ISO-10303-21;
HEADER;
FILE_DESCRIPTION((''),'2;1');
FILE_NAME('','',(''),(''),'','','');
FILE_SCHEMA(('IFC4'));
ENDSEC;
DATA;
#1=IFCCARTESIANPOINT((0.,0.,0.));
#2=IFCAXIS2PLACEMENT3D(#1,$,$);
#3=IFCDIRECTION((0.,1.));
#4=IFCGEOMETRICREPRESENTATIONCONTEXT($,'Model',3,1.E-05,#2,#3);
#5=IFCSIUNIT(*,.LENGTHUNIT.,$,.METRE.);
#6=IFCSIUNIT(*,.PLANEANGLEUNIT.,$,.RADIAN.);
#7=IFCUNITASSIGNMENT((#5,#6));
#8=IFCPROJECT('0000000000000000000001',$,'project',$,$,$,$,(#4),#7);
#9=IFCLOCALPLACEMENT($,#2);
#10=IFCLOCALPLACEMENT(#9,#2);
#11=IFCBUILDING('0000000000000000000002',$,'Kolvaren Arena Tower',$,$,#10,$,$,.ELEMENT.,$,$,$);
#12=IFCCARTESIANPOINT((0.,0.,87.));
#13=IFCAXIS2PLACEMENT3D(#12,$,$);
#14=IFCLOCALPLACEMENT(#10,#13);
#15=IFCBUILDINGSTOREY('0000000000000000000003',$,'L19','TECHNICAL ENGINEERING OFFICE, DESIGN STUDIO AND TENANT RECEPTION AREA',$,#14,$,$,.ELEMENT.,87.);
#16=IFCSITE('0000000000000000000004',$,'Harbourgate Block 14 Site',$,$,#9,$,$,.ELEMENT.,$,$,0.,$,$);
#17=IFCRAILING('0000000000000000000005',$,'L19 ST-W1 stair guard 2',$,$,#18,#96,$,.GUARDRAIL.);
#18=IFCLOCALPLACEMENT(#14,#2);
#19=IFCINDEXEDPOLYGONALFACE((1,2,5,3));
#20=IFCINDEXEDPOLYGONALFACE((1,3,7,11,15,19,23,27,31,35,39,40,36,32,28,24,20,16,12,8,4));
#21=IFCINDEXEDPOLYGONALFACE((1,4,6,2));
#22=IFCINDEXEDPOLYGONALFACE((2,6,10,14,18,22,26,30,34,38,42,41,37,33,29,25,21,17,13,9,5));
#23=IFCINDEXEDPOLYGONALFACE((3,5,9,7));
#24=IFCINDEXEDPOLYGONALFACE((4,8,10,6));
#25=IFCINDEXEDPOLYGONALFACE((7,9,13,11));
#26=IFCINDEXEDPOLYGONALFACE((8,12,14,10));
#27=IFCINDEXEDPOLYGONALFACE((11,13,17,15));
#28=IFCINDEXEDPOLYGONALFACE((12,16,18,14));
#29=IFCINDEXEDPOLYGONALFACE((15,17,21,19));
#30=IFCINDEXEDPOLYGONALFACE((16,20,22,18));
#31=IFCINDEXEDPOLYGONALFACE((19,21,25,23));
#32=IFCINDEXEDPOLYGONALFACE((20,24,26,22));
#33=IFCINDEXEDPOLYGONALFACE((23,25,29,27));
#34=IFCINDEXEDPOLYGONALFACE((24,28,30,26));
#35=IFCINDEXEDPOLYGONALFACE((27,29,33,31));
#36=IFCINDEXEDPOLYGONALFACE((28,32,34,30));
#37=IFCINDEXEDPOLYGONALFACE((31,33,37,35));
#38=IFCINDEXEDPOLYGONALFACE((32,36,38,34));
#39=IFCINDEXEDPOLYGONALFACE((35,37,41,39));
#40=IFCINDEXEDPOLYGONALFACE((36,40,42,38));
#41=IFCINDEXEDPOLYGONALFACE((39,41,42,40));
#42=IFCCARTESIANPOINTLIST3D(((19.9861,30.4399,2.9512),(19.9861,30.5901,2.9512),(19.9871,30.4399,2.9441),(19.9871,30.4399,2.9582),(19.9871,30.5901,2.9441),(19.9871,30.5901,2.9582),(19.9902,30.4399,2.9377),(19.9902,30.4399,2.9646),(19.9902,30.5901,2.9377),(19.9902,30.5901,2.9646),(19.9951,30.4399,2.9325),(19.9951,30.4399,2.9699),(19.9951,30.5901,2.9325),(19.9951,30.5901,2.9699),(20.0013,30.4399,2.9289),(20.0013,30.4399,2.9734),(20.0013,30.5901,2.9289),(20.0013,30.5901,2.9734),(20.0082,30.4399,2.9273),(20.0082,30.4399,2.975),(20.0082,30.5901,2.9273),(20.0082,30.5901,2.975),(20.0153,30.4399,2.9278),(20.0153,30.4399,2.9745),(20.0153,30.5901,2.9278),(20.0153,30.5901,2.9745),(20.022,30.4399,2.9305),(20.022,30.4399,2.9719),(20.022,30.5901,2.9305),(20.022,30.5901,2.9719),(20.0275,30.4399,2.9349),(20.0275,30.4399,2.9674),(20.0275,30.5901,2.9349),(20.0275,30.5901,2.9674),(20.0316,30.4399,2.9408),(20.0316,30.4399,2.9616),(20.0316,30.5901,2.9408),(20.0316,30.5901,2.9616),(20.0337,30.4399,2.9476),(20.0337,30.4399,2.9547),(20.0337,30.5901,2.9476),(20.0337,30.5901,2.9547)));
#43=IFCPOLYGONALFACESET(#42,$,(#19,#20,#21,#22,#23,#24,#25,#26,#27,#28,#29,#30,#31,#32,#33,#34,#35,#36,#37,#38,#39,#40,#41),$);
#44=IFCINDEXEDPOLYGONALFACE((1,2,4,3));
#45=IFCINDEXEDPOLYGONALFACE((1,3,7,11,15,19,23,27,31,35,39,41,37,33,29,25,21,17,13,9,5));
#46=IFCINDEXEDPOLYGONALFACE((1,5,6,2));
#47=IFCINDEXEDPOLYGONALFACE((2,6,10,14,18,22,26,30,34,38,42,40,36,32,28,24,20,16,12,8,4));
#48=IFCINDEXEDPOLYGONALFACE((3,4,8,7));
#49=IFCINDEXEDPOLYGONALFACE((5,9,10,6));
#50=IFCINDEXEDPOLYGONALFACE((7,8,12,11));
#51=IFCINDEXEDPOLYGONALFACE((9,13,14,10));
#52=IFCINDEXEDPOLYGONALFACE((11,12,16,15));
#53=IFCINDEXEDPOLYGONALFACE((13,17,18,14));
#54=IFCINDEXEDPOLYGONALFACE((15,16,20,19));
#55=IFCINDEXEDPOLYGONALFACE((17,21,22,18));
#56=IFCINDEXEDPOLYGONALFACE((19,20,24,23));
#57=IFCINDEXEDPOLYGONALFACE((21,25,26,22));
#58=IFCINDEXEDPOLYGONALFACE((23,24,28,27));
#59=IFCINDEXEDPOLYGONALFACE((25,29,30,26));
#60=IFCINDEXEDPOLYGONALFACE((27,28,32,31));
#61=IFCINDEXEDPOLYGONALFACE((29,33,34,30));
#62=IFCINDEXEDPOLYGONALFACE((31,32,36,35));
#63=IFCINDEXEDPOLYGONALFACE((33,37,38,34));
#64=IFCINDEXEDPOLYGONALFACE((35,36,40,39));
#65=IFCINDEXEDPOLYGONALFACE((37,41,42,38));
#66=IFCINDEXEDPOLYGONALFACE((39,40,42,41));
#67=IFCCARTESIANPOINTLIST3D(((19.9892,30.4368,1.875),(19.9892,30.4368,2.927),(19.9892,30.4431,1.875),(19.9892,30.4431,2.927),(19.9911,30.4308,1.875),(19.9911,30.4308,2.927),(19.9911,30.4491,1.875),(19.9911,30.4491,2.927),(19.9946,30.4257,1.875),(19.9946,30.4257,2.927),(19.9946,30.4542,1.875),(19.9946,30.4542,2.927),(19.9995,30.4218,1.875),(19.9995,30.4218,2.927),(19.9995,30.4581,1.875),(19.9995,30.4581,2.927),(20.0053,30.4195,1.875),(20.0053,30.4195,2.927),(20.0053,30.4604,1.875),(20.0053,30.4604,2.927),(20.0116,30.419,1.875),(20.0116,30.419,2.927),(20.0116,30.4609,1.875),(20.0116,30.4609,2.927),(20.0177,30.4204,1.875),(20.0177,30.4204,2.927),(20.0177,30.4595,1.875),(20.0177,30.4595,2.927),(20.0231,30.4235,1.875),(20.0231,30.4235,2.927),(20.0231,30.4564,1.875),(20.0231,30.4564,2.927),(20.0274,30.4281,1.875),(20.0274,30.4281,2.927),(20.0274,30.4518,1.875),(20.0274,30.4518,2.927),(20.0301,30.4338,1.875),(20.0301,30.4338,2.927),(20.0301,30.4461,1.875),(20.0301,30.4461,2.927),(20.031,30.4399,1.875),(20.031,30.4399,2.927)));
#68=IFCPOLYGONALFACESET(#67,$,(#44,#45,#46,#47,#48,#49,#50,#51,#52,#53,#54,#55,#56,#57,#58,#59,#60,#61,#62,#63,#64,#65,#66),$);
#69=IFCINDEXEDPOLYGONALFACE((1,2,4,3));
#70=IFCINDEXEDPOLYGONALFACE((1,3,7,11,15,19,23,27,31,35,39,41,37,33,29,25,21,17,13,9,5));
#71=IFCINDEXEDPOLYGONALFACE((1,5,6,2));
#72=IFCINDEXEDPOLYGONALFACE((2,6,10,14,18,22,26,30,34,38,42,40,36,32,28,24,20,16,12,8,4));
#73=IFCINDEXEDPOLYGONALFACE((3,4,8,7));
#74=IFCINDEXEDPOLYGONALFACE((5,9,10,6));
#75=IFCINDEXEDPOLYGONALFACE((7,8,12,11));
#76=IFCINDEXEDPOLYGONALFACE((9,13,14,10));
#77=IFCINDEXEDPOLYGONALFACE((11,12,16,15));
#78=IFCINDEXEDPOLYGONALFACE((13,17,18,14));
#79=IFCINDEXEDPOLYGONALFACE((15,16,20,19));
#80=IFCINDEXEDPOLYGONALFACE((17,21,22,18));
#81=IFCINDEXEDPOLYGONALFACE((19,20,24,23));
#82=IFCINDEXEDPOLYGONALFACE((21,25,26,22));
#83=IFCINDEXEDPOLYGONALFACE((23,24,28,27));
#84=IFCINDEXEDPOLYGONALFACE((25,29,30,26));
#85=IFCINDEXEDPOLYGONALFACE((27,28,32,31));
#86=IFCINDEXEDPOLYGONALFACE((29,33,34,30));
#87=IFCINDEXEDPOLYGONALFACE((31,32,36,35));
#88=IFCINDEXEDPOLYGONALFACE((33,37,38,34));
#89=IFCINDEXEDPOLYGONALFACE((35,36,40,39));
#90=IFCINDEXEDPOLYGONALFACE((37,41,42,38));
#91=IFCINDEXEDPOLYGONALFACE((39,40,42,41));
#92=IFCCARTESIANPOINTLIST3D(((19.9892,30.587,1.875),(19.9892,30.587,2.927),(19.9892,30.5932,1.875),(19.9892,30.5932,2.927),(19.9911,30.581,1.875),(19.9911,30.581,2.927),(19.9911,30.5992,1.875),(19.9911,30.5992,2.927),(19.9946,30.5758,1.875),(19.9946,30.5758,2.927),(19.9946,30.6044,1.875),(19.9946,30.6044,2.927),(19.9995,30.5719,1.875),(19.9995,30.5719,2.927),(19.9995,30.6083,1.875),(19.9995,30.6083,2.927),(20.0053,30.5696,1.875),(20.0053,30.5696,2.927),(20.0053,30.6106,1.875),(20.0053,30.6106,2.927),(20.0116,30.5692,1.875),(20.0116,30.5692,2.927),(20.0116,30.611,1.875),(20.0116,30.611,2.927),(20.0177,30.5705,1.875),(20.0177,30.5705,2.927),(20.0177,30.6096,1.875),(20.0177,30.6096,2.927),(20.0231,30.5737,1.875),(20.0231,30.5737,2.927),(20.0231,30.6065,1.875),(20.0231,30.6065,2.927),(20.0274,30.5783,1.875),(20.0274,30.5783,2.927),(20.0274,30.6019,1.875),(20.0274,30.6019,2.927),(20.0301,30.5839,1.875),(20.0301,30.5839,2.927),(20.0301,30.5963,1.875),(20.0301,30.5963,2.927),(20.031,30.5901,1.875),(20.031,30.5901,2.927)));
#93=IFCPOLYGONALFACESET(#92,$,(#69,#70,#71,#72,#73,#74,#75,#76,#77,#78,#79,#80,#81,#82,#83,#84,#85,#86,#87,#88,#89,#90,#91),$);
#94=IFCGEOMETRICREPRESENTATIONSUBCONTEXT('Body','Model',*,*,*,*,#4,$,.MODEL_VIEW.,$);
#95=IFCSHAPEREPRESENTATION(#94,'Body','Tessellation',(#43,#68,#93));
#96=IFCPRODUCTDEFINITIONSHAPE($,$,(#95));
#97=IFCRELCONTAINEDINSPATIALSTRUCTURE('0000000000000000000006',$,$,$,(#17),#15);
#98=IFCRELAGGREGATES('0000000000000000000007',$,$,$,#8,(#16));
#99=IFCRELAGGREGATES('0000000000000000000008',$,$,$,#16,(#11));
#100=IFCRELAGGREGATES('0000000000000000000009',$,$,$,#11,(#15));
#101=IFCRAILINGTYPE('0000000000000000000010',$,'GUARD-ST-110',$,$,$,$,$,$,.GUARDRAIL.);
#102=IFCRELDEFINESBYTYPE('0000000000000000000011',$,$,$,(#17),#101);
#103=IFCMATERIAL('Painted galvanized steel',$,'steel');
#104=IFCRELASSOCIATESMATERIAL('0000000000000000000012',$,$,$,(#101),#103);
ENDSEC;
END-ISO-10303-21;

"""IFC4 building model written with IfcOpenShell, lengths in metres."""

from ifc_helpers import new_model, si_unit, direction, frame, origin, origin_2d, place, context, subcontext, project, spatial, circle, extrude, material, type_object, element, save


model = new_model("IFC4")

# Units and contexts
model_context = context("Model", 3, precision=1e-05, world=origin(), true_north=direction((0.0, 1.0)))
body_context = subcontext(model_context, "Body", "Model", "MODEL_VIEW")
ifc_project = project(units=[si_unit("LENGTHUNIT", "METRE"), si_unit("PLANEANGLEUNIT", "RADIAN")], contexts=[model_context])

# Site, building, storey
site_placement = place(None, origin())
site = spatial("IfcSite", under=ifc_project, at=site_placement, Name="Harbourgate Block 14 Site", CompositionType="ELEMENT", RefElevation=0.0)
building_placement = place(site_placement, origin())
building = spatial("IfcBuilding", under=site, at=building_placement, Name="Kolvaren Arena Tower", CompositionType="ELEMENT")
storey_placement = place(building_placement, frame((0.0, 0.0, 87.0)))
storey = spatial("IfcBuildingStorey", under=building, at=storey_placement, Name="L19", Description="TECHNICAL ENGINEERING OFFICE, DESIGN STUDIO AND TENANT RECEPTION AREA", CompositionType="ELEMENT", Elevation=87.0)

# Railing
ifc_material_1 = material(Name="Painted galvanized steel", Category="steel")
railing_type = type_object("IfcRailingType", Name="GUARD-ST-110", PredefinedType="GUARDRAIL", material=ifc_material_1)
railing_1_placement = place(storey_placement, frame((20.01, 30.4399, 1.875)))
element("IfcRailing", 1, at=railing_1_placement, inside=storey, type_object=railing_type, Name="L19 ST-W1 stair guard 2", PredefinedType="GUARDRAIL", context=body_context, shape_type="SweptSolid", body=[
    extrude(circle(Radius=0.0239, at=origin_2d()), frame((0.0, 0.0, 1.0762), z_axis=(0.0, 1.0, 0.0), x_axis=(-1.0, 0.0, 0.0)), (0.0, 0.0, 1.0), 0.1501),
    extrude(circle(Radius=0.021, at=origin_2d()), origin(), (0.0, 0.0, 1.0), 1.052),
    extrude(circle(Radius=0.021, at=origin_2d()), frame((0.0, 0.1501, 0.0)), (0.0, 0.0, 1.0), 1.052),
])

save(model, "model.ifc")
